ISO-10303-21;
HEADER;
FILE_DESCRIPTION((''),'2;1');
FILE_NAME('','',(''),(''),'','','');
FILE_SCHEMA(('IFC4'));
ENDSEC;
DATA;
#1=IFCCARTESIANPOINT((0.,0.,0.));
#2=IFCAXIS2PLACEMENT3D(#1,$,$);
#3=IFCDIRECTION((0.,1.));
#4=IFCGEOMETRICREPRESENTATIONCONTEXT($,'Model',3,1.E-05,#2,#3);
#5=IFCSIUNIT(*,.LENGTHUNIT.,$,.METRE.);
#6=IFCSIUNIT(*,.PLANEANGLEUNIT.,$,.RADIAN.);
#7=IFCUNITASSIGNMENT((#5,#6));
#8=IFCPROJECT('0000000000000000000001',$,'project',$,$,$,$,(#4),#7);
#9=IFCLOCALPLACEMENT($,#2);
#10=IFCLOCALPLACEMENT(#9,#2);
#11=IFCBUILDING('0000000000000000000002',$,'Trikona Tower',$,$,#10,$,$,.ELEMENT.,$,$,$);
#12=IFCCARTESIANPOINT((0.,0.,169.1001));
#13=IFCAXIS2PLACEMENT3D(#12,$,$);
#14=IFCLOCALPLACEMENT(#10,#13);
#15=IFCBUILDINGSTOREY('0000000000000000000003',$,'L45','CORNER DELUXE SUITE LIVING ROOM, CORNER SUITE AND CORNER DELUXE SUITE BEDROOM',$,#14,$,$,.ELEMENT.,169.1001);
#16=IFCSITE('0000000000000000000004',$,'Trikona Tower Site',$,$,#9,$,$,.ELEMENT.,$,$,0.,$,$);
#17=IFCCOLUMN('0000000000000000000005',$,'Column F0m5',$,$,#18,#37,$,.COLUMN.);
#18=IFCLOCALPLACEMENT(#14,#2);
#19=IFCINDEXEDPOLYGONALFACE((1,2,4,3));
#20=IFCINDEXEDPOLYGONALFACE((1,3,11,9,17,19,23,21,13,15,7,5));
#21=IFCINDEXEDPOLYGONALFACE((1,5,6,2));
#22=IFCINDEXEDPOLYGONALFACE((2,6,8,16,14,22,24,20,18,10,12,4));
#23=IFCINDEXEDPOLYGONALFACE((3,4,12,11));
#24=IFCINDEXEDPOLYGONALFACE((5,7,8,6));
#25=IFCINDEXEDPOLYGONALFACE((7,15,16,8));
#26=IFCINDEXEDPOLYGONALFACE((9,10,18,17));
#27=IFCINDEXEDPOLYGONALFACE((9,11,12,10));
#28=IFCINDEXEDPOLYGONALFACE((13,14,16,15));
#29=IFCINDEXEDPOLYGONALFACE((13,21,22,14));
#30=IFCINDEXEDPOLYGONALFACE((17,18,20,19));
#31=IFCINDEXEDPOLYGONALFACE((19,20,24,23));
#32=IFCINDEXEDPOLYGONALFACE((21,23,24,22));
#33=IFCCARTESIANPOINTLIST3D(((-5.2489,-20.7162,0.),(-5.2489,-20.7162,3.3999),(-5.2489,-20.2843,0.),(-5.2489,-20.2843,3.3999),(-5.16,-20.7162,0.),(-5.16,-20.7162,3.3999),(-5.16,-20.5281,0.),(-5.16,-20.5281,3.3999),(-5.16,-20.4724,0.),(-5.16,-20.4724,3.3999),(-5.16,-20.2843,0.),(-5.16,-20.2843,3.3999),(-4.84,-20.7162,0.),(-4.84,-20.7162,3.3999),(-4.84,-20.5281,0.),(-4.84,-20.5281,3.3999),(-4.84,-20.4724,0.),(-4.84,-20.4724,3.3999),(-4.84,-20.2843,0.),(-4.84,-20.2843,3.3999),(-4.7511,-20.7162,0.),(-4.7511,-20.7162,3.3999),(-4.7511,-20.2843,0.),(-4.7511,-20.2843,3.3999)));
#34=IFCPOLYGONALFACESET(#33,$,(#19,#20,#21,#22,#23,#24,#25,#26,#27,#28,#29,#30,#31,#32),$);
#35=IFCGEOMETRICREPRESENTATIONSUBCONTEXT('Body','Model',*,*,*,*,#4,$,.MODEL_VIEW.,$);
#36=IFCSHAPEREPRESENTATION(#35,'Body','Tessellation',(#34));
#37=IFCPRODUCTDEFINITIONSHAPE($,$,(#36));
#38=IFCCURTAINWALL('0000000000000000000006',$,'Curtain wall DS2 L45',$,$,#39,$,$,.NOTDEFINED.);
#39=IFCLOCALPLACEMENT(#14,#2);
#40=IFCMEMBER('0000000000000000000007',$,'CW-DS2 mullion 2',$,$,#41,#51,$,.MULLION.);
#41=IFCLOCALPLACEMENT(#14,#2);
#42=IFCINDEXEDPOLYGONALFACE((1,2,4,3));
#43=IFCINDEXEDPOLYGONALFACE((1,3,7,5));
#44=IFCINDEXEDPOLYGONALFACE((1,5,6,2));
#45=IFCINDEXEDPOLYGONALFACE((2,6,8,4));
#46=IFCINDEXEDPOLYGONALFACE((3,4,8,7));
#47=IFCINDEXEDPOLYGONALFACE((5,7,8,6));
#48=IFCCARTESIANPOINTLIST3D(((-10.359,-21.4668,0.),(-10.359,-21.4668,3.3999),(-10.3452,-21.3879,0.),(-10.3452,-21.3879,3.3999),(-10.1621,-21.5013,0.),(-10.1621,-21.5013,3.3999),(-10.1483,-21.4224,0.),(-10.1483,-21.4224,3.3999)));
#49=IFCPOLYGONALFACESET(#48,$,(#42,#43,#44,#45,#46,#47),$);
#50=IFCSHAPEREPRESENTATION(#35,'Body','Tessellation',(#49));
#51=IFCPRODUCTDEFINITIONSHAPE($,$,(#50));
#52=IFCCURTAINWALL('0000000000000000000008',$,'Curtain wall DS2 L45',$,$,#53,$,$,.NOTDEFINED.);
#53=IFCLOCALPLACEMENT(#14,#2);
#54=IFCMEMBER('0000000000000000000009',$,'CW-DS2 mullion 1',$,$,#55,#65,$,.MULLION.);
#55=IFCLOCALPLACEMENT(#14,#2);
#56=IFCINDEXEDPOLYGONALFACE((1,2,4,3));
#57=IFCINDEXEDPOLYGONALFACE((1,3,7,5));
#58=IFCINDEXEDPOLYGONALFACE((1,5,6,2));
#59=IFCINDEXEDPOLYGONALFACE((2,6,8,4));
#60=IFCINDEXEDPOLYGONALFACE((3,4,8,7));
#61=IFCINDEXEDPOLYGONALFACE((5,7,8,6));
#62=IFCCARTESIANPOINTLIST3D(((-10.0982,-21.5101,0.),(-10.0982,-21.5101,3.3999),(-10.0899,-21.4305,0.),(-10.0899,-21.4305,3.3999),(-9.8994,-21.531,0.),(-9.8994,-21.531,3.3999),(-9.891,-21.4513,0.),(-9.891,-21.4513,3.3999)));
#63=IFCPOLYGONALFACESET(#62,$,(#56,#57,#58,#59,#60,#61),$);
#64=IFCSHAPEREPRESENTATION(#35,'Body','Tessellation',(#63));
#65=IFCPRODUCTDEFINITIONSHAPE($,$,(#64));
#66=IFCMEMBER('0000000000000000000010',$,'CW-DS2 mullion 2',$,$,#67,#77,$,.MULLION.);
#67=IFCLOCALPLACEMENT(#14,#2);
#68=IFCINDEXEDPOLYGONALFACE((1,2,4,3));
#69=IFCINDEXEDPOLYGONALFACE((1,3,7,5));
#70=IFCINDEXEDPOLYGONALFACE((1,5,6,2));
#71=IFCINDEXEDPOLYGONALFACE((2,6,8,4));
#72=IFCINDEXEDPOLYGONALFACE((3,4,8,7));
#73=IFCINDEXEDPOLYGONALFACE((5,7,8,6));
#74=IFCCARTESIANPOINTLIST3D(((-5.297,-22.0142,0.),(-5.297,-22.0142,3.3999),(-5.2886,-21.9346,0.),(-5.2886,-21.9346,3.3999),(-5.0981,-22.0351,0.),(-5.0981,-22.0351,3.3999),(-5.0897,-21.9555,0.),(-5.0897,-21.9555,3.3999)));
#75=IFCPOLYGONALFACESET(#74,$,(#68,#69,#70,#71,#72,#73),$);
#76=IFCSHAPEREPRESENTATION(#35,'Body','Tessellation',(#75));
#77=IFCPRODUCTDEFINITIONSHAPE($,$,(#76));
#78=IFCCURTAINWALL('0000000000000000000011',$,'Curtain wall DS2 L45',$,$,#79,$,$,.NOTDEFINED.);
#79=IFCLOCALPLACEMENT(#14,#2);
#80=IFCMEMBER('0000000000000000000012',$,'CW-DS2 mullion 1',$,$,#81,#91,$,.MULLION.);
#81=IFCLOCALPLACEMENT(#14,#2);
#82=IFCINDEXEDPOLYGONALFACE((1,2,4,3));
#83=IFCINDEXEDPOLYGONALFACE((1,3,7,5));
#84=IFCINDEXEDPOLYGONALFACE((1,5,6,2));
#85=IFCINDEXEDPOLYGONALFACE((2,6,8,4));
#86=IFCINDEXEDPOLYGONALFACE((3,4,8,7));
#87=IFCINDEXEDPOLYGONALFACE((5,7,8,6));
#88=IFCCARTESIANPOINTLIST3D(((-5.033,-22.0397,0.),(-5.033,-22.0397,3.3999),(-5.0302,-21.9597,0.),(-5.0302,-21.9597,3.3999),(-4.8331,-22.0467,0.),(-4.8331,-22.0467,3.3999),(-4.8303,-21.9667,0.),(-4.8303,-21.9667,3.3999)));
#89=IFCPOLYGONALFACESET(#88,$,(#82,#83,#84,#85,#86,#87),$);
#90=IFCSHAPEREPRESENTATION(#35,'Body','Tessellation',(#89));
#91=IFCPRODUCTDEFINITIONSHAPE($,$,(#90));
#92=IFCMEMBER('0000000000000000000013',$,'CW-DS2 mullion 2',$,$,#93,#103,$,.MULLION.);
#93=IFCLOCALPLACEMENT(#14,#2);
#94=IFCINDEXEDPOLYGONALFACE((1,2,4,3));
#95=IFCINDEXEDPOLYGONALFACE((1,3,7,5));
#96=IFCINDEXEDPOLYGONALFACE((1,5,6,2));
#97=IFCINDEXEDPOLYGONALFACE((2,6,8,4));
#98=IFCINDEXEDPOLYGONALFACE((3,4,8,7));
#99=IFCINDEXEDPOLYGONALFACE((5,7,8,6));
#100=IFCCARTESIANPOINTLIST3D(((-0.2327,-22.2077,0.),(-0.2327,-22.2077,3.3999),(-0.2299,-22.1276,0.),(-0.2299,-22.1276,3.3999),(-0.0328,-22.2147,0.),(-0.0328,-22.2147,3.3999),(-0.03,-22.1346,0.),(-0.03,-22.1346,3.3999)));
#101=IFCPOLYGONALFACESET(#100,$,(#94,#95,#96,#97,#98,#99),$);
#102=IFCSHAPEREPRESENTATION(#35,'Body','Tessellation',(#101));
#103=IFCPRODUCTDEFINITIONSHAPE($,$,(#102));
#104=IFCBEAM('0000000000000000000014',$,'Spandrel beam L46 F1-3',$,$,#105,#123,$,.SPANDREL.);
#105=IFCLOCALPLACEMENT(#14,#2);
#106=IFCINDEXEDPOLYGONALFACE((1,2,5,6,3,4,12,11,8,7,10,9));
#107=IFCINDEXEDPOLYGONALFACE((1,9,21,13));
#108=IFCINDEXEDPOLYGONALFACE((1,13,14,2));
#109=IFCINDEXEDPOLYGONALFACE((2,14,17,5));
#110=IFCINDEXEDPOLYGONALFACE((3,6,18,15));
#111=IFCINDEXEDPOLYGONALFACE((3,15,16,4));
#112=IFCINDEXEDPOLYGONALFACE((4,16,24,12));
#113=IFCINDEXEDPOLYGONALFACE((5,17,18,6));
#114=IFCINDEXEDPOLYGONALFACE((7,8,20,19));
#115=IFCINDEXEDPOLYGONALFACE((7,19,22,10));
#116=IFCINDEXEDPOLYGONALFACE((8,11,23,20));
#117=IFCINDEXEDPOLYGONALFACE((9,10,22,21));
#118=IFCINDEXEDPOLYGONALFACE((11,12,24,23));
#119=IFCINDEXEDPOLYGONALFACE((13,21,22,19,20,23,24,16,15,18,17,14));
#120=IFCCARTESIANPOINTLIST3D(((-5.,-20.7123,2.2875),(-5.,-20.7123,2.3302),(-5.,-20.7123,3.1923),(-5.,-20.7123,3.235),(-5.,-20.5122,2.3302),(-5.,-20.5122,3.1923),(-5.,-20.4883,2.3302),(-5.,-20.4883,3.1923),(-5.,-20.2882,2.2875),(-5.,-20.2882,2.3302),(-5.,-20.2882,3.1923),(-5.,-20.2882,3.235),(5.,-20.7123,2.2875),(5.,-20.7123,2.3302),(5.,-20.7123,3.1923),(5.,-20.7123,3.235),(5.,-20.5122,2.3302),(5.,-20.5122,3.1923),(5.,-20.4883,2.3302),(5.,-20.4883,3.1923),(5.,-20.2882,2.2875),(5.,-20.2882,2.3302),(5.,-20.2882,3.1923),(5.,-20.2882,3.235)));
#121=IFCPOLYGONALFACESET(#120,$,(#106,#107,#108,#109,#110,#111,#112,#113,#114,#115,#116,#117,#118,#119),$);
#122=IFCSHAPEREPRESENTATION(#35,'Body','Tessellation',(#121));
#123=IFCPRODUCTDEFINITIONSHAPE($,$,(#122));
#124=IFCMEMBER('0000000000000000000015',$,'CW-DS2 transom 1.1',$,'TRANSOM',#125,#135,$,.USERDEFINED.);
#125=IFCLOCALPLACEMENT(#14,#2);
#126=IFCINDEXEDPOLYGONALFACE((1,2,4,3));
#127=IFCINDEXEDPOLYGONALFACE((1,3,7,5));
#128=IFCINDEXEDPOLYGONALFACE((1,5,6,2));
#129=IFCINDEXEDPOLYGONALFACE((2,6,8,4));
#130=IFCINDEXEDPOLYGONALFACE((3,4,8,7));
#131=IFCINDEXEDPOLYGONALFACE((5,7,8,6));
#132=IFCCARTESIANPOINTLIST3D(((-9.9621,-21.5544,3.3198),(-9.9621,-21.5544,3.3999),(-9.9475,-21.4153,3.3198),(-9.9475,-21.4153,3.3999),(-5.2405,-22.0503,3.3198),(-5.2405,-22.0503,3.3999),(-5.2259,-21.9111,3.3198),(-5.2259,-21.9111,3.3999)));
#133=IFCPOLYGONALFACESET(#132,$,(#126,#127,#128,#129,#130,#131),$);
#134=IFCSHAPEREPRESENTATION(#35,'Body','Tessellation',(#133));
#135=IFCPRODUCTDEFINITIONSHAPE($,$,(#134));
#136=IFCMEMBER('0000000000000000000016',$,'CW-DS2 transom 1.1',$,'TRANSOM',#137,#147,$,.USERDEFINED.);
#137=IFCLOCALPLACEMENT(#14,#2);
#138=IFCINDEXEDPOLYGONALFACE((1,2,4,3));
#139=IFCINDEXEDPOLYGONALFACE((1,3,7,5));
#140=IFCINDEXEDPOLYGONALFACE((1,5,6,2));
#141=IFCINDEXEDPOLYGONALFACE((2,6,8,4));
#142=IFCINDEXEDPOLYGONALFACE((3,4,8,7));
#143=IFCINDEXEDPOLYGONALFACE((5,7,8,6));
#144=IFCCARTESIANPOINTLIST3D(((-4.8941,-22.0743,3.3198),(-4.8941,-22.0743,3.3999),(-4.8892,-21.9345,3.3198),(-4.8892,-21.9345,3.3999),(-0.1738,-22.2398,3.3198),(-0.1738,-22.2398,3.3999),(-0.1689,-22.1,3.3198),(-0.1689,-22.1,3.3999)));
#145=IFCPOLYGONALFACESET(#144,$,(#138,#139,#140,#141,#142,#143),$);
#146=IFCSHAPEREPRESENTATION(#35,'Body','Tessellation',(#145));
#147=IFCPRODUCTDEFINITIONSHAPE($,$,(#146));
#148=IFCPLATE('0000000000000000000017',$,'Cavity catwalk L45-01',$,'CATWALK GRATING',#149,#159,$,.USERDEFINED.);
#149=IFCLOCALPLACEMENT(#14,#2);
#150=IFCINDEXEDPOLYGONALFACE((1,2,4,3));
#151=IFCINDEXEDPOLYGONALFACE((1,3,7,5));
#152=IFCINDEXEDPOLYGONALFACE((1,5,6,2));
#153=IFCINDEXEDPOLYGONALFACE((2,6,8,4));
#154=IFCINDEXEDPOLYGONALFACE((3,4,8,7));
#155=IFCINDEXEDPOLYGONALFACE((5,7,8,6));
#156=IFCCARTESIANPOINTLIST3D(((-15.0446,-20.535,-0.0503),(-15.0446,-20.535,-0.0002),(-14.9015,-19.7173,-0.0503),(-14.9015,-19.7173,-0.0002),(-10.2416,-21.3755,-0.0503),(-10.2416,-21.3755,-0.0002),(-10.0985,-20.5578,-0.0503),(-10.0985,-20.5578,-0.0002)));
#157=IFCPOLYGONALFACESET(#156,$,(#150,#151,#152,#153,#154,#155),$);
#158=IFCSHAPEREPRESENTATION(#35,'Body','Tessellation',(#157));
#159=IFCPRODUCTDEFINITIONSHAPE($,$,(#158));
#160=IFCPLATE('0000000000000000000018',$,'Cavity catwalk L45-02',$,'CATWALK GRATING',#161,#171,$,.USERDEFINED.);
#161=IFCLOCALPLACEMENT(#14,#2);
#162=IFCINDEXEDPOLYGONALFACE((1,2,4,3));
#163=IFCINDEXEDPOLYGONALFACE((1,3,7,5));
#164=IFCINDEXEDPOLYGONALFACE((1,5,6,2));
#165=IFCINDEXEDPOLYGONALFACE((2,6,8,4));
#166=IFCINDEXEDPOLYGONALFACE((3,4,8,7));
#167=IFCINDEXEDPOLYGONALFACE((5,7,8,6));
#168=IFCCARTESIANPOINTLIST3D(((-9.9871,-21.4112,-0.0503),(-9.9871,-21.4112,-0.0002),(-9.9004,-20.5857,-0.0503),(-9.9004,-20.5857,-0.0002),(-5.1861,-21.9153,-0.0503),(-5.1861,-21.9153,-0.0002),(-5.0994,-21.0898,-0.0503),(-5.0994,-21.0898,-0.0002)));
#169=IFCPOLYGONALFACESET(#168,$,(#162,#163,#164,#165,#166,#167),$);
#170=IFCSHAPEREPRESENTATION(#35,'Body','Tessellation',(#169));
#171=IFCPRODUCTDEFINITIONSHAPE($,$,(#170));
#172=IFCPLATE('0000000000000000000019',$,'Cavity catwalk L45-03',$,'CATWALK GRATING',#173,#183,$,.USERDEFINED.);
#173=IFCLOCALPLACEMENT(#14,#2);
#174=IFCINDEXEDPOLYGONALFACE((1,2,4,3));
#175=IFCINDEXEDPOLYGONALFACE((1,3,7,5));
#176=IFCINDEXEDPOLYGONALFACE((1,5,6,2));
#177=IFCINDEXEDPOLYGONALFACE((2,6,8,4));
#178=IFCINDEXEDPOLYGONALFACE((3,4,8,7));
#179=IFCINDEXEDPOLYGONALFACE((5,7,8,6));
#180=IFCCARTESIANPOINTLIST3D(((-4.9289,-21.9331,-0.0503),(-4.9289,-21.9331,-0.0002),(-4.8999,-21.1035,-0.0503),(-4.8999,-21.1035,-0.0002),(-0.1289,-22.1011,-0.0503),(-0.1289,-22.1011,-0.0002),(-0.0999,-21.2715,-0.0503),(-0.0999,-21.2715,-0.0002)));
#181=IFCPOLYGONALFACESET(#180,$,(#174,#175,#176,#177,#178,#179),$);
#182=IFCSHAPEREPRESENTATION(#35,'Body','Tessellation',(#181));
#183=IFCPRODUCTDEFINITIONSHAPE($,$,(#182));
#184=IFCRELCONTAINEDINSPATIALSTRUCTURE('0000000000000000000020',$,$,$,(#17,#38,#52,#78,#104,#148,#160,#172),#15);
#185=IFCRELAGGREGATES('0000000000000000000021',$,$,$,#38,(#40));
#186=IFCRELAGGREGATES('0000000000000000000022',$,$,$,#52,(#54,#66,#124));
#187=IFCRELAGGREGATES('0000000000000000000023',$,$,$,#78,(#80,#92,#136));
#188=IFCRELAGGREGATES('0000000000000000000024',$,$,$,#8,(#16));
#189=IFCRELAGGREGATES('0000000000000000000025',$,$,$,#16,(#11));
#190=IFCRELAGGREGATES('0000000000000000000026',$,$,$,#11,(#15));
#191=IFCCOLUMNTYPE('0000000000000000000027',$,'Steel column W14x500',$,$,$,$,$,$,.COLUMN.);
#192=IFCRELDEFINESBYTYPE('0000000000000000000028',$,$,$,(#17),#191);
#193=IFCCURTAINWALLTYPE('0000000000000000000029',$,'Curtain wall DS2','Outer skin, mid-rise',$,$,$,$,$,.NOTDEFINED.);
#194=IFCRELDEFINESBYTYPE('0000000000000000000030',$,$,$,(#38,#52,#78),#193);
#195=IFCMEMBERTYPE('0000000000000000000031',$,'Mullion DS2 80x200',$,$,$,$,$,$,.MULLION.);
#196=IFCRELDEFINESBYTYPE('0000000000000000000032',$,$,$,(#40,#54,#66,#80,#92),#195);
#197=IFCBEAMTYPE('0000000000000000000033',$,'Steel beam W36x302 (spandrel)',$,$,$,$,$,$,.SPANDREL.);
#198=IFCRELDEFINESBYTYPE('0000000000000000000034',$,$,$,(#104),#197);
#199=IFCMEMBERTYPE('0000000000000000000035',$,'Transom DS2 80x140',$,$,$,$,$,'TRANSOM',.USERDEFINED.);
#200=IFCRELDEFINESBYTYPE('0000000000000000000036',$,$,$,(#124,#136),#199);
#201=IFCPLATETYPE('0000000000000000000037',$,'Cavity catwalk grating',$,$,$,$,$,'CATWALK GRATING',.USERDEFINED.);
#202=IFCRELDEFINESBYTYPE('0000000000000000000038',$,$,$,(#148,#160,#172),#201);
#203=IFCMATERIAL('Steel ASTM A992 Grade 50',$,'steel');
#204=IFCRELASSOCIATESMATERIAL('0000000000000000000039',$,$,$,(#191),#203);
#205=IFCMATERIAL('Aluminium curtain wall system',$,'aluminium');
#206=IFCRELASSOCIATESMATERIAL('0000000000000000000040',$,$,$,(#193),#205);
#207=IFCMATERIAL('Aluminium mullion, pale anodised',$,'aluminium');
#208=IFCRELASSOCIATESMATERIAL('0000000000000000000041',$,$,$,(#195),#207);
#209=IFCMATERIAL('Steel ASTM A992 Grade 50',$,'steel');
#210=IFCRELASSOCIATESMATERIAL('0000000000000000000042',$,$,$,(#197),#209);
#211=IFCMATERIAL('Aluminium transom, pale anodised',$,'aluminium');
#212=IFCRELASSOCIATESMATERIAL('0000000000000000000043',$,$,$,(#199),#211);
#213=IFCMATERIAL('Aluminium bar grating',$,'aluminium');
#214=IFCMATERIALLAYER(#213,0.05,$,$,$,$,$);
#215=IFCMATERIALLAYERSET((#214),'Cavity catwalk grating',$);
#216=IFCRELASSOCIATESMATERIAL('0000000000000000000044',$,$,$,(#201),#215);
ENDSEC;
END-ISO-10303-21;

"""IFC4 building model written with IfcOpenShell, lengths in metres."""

from ifc_helpers import new_model, si_unit, direction, frame, origin, origin_2d, place, context, subcontext, project, spatial, rectangle, i_section, extrude, material, layer, layer_set, material_profile, profile_set, type_object, element, aggregate, save


model = new_model("IFC4")

# Units and contexts
model_context = context("Model", 3, precision=1e-05, world=origin(), true_north=direction((0.0, 1.0)))
body_context = subcontext(model_context, "Body", "Model", "MODEL_VIEW")
ifc_project = project(units=[si_unit("LENGTHUNIT", "METRE"), si_unit("PLANEANGLEUNIT", "RADIAN")], contexts=[model_context])

# Site, building, storey
site_placement = place(None, origin())
site = spatial("IfcSite", under=ifc_project, at=site_placement, Name="Trikona Tower Site", CompositionType="ELEMENT", RefElevation=0.0)
building_placement = place(site_placement, origin())
building = spatial("IfcBuilding", under=site, at=building_placement, Name="Trikona Tower", CompositionType="ELEMENT")
storey_placement = place(building_placement, frame((0.0, 0.0, 169.1001)))
storey = spatial("IfcBuildingStorey", under=building, at=storey_placement, Name="L45", Description="CORNER DELUXE SUITE LIVING ROOM, CORNER SUITE AND CORNER DELUXE SUITE BEDROOM", CompositionType="ELEMENT", Elevation=169.1001)

# Column
ifc_material_1 = material(Name="Steel ASTM A992 Grade 50", Category="steel")
ifc_material_profile_1 = material_profile(ifc_material_1, i_section(OverallWidth=0.4319, OverallDepth=0.4978, WebThickness=0.0557, FlangeThickness=0.0889, at=origin_2d()), Name="W14X500")
ifc_profile_set_1 = profile_set([ifc_material_profile_1], Name="Steel ASTM A992 Grade 50")
column_type = type_object("IfcColumnType", Name="Steel column W14x500", PredefinedType="COLUMN", material=ifc_profile_set_1)
column_placement = place(storey_placement, frame((-5.0, -20.5002, 0.0), z_axis=(0.0, 0.0, 1.0), x_axis=(0.0, -1.0, 0.0)))
element("IfcColumn", 1, at=column_placement, inside=storey, type_object=column_type, Name="Column F0m5", PredefinedType="COLUMN", context=body_context, shape_type="SweptSolid", body=[
    extrude(i_section(OverallWidth=0.4319, OverallDepth=0.4978, WebThickness=0.0557, FlangeThickness=0.0889, at=origin_2d()), origin(), (0.0, 0.0, 1.0), 3.3999),
])

# Curtain wall, member
ifc_material_2 = material(Name="Aluminium curtain wall system", Category="aluminium")
curtain_wall_type = type_object("IfcCurtainWallType", Name="Curtain wall DS2", Description="Outer skin, mid-rise", PredefinedType="NOTDEFINED", material=ifc_material_2)
curtain_wall_1_placement = place(storey_placement, origin())
curtain_wall_1 = element("IfcCurtainWall", 2, at=curtain_wall_1_placement, inside=storey, type_object=curtain_wall_type, Name="Curtain wall DS2 L45", PredefinedType="NOTDEFINED")
ifc_material_3 = material(Name="Aluminium mullion, pale anodised", Category="aluminium")
ifc_material_profile_2 = material_profile(ifc_material_3, rectangle(XDim=0.0801, YDim=0.2, at=origin_2d()), Name="MUL-DS2")
ifc_profile_set_2 = profile_set([ifc_material_profile_2], Name="Aluminium mullion, pale anodised")
member_type_1 = type_object("IfcMemberType", Name="Mullion DS2 80x200", PredefinedType="MULLION", material=ifc_profile_set_2)
member_1_placement = place(storey_placement, frame((-10.2537, -21.4446, 0.0), z_axis=(0.0, 0.0, 1.0), x_axis=(0.172377, 0.985031, 0.0)))
member_1 = element("IfcMember", 3, at=member_1_placement, type_object=member_type_1, Name="CW-DS2 mullion 2", PredefinedType="MULLION", context=body_context, shape_type="SweptSolid", body=[
    extrude(rectangle(XDim=0.0801, YDim=0.2, at=origin_2d()), origin(), (0.0, 0.0, 1.0), 3.3999),
])

# Curtain walls, members
curtain_wall_2_placement = place(storey_placement, origin())
curtain_wall_2 = element("IfcCurtainWall", 4, at=curtain_wall_2_placement, inside=storey, type_object=curtain_wall_type, Name="Curtain wall DS2 L45", PredefinedType="NOTDEFINED")
member_2_placement = place(storey_placement, frame((-9.9946, -21.4807, 0.0), z_axis=(0.0, 0.0, 1.0), x_axis=(0.104433, 0.994532, 0.0)))
member_2 = element("IfcMember", 5, at=member_2_placement, type_object=member_type_1, Name="CW-DS2 mullion 1", PredefinedType="MULLION", context=body_context, shape_type="SweptSolid", body=[
    extrude(rectangle(XDim=0.0801, YDim=0.2, at=origin_2d()), origin(), (0.0, 0.0, 1.0), 3.3999),
])
member_3_placement = place(storey_placement, frame((-5.1934, -21.9849, 0.0), z_axis=(0.0, 0.0, 1.0), x_axis=(0.104433, 0.994532, 0.0)))
member_3 = element("IfcMember", 6, at=member_3_placement, type_object=member_type_1, Name="CW-DS2 mullion 2", PredefinedType="MULLION", context=body_context, shape_type="SweptSolid", body=[
    extrude(rectangle(XDim=0.0801, YDim=0.2, at=origin_2d()), origin(), (0.0, 0.0, 1.0), 3.3999),
])
curtain_wall_3_placement = place(storey_placement, origin())
curtain_wall_3 = element("IfcCurtainWall", 7, at=curtain_wall_3_placement, inside=storey, type_object=curtain_wall_type, Name="Curtain wall DS2 L45", PredefinedType="NOTDEFINED")
member_4_placement = place(storey_placement, frame((-4.9316, -22.0032, 0.0), z_axis=(0.0, 0.0, 1.0), x_axis=(0.034998, 0.999387, 0.0)))
member_4 = element("IfcMember", 8, at=member_4_placement, type_object=member_type_1, Name="CW-DS2 mullion 1", PredefinedType="MULLION", context=body_context, shape_type="SweptSolid", body=[
    extrude(rectangle(XDim=0.0801, YDim=0.2, at=origin_2d()), origin(), (0.0, 0.0, 1.0), 3.3999),
])
member_5_placement = place(storey_placement, frame((-0.1313, -22.1711, 0.0), z_axis=(0.0, 0.0, 1.0), x_axis=(0.034998, 0.999387, 0.0)))
member_5 = element("IfcMember", 9, at=member_5_placement, type_object=member_type_1, Name="CW-DS2 mullion 2", PredefinedType="MULLION", context=body_context, shape_type="SweptSolid", body=[
    extrude(rectangle(XDim=0.0801, YDim=0.2, at=origin_2d()), origin(), (0.0, 0.0, 1.0), 3.3999),
])

# Beam
ifc_material_4 = material(Name="Steel ASTM A992 Grade 50", Category="steel")
ifc_material_profile_3 = material_profile(ifc_material_4, i_section(OverallWidth=0.4241, OverallDepth=0.9475, WebThickness=0.0239, FlangeThickness=0.0427, at=origin_2d()), Name="W36X302")
ifc_profile_set_3 = profile_set([ifc_material_profile_3], Name="Steel ASTM A992 Grade 50")
beam_type = type_object("IfcBeamType", Name="Steel beam W36x302 (spandrel)", PredefinedType="SPANDREL", material=ifc_profile_set_3)
beam_placement = place(storey_placement, frame((-5.0, -20.5002, 2.7612), z_axis=(1.0, 0.0, 0.0), x_axis=(0.0, 1.0, 0.0)))
element("IfcBeam", 10, at=beam_placement, inside=storey, type_object=beam_type, Name="Spandrel beam L46 F1-3", PredefinedType="SPANDREL", context=body_context, shape_type="SweptSolid", body=[
    extrude(i_section(OverallWidth=0.4241, OverallDepth=0.9475, WebThickness=0.0239, FlangeThickness=0.0427, at=origin_2d()), origin(), (0.0, 0.0, 1.0), 10.0),
])

# Members
ifc_material_5 = material(Name="Aluminium transom, pale anodised", Category="aluminium")
ifc_material_profile_4 = material_profile(ifc_material_5, rectangle(XDim=0.1399, YDim=0.0801, at=origin_2d()), Name="TRN-DS2")
ifc_profile_set_4 = profile_set([ifc_material_profile_4], Name="Aluminium transom, pale anodised")
member_type_2 = type_object("IfcMemberType", Name="Transom DS2 80x140", ElementType="TRANSOM", PredefinedType="USERDEFINED", material=ifc_profile_set_4)
member_6_placement = place(storey_placement, frame((-9.9548, -21.4849, 3.3599), z_axis=(0.994531, -0.104441, 0.0), x_axis=(0.104441, 0.994531, 0.0)))
member_6 = element("IfcMember", 11, at=member_6_placement, type_object=member_type_2, Name="CW-DS2 transom 1.1", ObjectType="TRANSOM", PredefinedType="USERDEFINED", context=body_context, shape_type="SweptSolid", body=[
    extrude(rectangle(XDim=0.1399, YDim=0.0801, at=origin_2d()), origin(), (0.0, 0.0, 1.0), 4.7476),
])
member_7_placement = place(storey_placement, frame((-4.8916, -22.0044, 3.3599), z_axis=(0.999386, -0.035046, 0.0), x_axis=(0.035046, 0.999386, 0.0)))
member_7 = element("IfcMember", 12, at=member_7_placement, type_object=member_type_2, Name="CW-DS2 transom 1.1", ObjectType="TRANSOM", PredefinedType="USERDEFINED", context=body_context, shape_type="SweptSolid", body=[
    extrude(rectangle(XDim=0.1399, YDim=0.0801, at=origin_2d()), origin(), (0.0, 0.0, 1.0), 4.7231),
])

# Plates
ifc_material_6 = material(Name="Aluminium bar grating", Category="aluminium")
ifc_layer_1 = layer(ifc_material_6, 0.05)
ifc_layer_set_1 = layer_set([ifc_layer_1], Name="Cavity catwalk grating")
plate_type_1 = type_object("IfcPlateType", Name="Cavity catwalk grating", ElementType="CATWALK GRATING", PredefinedType="USERDEFINED", material=ifc_layer_set_1)
plate_1_placement = place(storey_placement, frame((-12.5715, -20.5464, -0.0503), z_axis=(0.0, 0.0, 1.0), x_axis=(0.985031, -0.17238, 0.0)))
element("IfcPlate", 13, at=plate_1_placement, inside=storey, type_object=plate_type_1, Name="Cavity catwalk L45-01", ObjectType="CATWALK GRATING", PredefinedType="USERDEFINED", context=body_context, shape_type="SweptSolid", body=[
    extrude(rectangle(XDim=4.876, YDim=0.8301, at=origin_2d()), origin(), (0.0, 0.0, 1.0), 0.05),
])
plate_2_placement = place(storey_placement, frame((-7.5432, -21.2505, -0.0503), z_axis=(0.0, 0.0, 1.0), x_axis=(0.994533, -0.104426, 0.0)))
element("IfcPlate", 14, at=plate_2_placement, inside=storey, type_object=plate_type_1, Name="Cavity catwalk L45-02", ObjectType="CATWALK GRATING", PredefinedType="USERDEFINED", context=body_context, shape_type="SweptSolid", body=[
    extrude(rectangle(XDim=4.8274, YDim=0.8301, at=origin_2d()), origin(), (0.0, 0.0, 1.0), 0.05),
])
plate_3_placement = place(storey_placement, frame((-2.5144, -21.6023, -0.0503), z_axis=(0.0, 0.0, 1.0), x_axis=(0.999388, -0.034978, 0.0)))
element("IfcPlate", 15, at=plate_3_placement, inside=storey, type_object=plate_type_1, Name="Cavity catwalk L45-03", ObjectType="CATWALK GRATING", PredefinedType="USERDEFINED", context=body_context, shape_type="SweptSolid", body=[
    extrude(rectangle(XDim=4.803, YDim=0.8301, at=origin_2d()), origin(), (0.0, 0.0, 1.0), 0.05),
])

aggregate(curtain_wall_1, [member_1])
aggregate(curtain_wall_2, [member_2, member_3, member_6])
aggregate(curtain_wall_3, [member_4, member_5, member_7])

save(model, "model.ifc")
